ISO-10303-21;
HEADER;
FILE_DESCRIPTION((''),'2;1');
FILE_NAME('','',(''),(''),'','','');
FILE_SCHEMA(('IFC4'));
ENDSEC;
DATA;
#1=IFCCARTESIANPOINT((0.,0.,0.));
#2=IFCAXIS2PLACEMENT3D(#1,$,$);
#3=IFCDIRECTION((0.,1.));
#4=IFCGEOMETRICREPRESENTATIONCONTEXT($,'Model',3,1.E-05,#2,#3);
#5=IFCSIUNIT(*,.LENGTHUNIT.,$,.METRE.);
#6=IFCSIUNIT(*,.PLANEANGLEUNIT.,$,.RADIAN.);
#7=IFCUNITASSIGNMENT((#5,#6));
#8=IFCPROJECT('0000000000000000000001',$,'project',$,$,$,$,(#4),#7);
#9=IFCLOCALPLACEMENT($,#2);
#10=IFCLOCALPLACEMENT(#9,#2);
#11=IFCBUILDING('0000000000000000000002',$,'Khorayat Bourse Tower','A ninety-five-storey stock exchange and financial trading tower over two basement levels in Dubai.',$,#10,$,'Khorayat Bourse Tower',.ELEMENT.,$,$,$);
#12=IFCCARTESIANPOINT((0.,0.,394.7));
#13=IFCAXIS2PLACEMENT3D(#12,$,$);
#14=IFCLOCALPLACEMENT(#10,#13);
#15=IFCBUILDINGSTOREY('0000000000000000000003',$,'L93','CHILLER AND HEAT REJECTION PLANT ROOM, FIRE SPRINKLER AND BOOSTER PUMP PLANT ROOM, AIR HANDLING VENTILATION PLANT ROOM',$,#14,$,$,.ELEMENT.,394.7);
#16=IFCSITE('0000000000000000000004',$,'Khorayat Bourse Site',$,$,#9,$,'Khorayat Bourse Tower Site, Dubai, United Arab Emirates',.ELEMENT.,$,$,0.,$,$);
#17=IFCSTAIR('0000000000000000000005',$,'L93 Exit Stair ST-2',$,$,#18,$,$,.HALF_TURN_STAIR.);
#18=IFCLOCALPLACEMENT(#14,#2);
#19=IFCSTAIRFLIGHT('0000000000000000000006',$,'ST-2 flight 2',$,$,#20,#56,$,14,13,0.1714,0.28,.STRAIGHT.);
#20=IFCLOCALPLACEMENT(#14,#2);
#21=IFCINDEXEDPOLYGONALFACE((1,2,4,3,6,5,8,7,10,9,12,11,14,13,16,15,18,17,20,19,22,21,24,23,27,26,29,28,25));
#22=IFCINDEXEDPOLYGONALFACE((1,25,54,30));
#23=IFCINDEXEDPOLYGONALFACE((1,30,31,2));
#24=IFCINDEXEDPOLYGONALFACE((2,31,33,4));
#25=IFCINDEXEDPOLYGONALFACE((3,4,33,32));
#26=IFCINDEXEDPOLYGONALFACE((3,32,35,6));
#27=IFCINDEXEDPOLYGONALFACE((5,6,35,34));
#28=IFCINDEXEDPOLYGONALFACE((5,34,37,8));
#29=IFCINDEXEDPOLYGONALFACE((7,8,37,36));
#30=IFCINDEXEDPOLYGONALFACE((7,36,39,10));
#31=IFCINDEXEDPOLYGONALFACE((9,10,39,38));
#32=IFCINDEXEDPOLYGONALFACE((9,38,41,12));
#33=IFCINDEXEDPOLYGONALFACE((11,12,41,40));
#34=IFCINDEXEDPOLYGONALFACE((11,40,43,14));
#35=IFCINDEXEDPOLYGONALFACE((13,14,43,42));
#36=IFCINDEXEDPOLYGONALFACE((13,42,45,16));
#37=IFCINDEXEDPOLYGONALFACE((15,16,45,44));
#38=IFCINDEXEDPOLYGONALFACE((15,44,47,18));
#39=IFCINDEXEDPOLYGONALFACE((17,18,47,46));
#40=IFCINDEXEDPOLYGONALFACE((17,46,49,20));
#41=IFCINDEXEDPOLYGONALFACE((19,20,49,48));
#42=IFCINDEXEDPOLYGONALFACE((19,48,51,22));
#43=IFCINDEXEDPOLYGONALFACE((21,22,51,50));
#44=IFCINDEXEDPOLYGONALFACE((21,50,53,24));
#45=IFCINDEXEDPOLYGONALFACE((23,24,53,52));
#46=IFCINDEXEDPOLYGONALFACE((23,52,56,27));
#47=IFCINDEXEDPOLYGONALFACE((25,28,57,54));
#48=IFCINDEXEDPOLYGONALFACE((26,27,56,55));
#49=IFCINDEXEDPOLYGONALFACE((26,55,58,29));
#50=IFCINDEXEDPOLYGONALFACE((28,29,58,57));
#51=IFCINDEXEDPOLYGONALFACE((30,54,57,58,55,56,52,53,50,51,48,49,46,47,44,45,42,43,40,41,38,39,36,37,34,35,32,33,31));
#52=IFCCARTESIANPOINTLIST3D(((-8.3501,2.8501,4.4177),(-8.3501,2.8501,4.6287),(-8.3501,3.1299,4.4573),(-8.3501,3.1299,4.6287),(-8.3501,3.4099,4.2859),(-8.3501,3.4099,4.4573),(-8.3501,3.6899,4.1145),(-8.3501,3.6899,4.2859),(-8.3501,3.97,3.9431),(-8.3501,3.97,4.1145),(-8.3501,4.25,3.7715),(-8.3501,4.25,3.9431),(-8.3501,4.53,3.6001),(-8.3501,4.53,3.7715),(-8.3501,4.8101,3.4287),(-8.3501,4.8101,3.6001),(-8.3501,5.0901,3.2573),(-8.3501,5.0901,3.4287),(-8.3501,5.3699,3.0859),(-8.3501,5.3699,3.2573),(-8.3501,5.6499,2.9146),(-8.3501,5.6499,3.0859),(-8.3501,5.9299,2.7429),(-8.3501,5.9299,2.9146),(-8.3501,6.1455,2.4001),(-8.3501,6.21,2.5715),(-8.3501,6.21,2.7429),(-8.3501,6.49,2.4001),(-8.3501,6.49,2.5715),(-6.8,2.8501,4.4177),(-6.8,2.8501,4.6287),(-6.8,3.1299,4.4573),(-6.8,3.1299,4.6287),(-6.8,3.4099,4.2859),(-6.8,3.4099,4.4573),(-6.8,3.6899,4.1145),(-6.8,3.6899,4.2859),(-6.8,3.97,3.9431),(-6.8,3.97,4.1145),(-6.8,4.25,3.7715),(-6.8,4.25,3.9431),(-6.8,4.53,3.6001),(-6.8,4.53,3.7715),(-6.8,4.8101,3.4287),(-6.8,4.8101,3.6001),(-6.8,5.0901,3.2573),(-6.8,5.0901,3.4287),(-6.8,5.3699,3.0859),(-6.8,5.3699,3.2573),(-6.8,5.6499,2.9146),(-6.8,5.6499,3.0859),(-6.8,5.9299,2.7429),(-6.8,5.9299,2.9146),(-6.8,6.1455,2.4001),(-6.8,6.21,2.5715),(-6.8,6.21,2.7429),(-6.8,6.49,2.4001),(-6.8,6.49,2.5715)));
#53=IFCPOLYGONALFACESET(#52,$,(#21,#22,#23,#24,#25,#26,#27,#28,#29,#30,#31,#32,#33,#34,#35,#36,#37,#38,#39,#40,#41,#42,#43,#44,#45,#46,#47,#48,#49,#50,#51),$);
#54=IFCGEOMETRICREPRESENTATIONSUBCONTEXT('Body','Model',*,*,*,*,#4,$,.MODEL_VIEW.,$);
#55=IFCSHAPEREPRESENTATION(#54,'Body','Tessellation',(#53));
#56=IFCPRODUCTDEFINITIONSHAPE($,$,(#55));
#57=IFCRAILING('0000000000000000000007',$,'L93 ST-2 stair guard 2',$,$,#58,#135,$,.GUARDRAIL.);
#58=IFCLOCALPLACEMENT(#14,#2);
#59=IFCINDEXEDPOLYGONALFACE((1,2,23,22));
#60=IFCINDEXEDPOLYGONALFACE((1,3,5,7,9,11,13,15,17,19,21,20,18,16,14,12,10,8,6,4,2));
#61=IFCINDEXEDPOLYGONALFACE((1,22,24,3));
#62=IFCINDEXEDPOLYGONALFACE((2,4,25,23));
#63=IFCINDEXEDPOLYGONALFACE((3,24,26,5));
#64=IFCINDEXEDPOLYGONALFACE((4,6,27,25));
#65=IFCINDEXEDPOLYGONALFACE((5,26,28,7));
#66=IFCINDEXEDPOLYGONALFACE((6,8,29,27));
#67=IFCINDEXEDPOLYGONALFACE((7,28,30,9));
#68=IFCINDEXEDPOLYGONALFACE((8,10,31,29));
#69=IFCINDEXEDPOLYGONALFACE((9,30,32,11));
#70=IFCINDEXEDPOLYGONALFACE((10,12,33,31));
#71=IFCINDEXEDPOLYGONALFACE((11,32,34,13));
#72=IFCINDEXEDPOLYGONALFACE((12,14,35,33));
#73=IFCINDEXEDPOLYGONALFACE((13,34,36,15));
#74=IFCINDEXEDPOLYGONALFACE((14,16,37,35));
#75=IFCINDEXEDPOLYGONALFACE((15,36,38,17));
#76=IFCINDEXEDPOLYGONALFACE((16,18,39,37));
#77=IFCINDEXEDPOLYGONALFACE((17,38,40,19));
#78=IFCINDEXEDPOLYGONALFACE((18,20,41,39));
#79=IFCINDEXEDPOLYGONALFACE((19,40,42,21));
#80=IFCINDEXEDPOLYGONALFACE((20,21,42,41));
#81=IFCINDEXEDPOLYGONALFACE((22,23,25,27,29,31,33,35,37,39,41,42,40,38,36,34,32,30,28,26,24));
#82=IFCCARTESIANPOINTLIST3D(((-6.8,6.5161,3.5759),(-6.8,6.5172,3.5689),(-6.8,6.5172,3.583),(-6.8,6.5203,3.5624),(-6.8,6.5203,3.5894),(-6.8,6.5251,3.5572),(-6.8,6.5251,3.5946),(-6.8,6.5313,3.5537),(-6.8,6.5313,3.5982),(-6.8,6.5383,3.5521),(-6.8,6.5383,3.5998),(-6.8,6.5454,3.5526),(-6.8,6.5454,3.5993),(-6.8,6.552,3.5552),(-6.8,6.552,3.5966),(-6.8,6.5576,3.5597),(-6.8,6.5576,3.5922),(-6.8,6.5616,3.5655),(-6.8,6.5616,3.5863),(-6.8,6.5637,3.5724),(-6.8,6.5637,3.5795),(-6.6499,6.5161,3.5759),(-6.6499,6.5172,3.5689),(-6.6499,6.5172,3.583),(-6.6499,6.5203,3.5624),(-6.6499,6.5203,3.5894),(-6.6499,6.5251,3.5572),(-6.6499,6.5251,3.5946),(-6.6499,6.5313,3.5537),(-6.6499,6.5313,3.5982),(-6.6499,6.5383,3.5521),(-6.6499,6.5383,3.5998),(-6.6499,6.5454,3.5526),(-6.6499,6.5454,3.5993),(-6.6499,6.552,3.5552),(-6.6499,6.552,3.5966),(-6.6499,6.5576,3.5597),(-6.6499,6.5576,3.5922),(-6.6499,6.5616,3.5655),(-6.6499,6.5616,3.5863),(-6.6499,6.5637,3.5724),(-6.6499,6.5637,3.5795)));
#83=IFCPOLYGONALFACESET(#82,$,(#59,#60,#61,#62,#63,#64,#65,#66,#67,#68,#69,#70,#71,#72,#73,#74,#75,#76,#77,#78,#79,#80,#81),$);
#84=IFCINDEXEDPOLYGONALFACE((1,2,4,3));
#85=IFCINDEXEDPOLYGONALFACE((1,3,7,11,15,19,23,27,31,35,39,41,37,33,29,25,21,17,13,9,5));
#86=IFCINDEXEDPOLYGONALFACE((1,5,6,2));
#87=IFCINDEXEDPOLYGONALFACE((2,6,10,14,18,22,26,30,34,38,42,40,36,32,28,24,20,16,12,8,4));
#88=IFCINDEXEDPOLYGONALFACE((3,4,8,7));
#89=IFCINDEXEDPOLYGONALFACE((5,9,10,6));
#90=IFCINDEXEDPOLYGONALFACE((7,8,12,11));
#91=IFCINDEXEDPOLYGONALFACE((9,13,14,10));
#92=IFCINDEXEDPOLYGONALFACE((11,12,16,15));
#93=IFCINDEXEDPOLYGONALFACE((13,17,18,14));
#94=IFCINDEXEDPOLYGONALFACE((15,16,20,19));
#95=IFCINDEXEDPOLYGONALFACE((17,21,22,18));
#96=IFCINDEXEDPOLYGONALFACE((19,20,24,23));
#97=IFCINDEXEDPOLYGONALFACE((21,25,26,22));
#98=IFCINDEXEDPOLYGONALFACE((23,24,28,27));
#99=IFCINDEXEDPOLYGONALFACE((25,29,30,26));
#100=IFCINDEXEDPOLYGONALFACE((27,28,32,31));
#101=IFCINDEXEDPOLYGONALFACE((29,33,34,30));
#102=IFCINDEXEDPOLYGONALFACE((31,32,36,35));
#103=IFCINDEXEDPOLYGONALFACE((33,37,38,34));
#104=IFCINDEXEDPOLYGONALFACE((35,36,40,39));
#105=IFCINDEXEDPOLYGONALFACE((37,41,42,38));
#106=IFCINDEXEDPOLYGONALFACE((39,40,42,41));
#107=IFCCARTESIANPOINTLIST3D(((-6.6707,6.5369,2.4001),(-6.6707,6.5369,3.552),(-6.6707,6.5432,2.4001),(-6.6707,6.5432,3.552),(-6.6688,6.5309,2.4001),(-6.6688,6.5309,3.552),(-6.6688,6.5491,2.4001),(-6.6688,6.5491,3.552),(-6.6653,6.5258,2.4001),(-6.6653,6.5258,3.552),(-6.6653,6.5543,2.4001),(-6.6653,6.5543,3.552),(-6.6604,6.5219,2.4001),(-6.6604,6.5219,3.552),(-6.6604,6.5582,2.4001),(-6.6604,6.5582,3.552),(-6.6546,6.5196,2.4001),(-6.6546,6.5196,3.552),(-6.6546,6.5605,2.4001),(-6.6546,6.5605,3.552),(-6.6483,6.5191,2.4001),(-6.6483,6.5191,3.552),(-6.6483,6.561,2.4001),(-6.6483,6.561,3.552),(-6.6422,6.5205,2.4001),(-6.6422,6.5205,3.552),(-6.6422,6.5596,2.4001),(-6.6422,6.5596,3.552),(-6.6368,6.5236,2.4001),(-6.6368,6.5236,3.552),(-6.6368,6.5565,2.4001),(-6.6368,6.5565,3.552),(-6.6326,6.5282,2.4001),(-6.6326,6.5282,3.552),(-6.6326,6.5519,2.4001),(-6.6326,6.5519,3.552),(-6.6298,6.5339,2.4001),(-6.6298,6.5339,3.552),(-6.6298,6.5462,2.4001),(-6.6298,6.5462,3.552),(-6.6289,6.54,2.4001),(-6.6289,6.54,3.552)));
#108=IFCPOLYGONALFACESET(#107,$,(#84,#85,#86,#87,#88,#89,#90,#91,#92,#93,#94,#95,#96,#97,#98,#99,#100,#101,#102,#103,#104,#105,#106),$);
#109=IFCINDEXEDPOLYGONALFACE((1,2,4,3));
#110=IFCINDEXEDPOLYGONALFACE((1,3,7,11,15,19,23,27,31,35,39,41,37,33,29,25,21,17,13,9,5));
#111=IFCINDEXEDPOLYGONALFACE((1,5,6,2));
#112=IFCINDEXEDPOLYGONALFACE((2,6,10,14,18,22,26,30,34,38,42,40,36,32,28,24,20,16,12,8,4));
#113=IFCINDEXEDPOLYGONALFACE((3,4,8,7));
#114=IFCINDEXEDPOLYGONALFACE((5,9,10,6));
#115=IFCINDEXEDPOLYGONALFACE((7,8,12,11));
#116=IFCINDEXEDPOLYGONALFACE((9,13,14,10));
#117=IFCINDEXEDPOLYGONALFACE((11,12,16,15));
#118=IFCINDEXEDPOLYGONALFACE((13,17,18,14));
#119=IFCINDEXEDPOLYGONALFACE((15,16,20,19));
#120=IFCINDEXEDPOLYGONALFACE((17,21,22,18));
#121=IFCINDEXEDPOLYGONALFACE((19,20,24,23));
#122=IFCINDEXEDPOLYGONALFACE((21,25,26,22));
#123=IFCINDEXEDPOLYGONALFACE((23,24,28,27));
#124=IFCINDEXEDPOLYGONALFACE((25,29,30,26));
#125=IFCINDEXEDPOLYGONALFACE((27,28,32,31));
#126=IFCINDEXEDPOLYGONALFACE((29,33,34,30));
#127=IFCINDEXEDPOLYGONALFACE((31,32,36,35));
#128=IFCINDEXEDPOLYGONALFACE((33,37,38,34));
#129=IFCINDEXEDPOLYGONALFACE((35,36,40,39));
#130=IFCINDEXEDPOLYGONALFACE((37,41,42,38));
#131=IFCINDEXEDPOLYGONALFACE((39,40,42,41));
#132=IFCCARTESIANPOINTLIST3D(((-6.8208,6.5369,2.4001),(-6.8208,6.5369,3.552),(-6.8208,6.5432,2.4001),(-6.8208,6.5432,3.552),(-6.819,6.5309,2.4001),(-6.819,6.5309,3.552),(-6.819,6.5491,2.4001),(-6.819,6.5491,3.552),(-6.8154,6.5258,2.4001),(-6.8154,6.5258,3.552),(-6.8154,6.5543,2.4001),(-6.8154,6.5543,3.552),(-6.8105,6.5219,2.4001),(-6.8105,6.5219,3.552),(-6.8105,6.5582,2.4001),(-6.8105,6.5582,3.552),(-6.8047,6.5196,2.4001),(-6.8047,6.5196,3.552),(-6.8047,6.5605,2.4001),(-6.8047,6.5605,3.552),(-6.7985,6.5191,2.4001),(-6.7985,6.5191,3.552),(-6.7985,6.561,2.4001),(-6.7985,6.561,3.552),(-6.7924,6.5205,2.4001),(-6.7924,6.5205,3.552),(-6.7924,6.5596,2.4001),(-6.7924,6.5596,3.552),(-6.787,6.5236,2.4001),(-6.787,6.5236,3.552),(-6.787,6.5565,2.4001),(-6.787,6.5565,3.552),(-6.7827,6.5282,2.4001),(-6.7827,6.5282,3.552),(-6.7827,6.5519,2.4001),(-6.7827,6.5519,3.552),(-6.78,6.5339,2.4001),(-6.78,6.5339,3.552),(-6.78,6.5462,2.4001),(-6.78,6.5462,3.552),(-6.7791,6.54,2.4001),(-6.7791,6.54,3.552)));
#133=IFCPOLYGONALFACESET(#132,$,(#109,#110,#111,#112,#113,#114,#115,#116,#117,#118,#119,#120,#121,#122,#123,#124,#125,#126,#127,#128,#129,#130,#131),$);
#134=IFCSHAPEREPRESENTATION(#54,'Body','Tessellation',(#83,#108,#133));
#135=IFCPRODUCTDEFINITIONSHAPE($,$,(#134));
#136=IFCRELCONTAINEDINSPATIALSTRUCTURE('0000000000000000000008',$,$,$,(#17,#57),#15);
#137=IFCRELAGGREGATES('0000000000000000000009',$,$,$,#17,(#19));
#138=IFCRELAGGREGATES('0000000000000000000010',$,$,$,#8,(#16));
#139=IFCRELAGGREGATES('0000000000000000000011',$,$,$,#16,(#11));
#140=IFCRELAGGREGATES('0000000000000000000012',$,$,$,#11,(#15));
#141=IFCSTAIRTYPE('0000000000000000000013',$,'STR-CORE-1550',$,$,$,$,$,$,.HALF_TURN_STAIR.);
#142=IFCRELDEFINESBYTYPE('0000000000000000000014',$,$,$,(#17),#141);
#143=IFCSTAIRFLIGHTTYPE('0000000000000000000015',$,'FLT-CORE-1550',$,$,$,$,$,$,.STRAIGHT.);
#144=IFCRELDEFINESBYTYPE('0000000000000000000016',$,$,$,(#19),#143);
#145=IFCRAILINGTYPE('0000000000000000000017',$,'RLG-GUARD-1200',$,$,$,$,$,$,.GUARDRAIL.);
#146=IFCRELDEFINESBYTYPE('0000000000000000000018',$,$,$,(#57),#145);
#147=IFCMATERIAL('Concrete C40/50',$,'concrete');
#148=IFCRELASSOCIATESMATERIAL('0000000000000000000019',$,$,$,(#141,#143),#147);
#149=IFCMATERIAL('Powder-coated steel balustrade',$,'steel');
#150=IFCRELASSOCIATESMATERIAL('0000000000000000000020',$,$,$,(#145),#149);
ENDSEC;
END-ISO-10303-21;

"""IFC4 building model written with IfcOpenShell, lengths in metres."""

from ifc_helpers import new_model, si_unit, direction, frame, origin, origin_2d, place, context, subcontext, project, spatial, polyline, circle, outline, extrude, source, transform, mapped, material, type_object, element, aggregate, save


model = new_model("IFC4")

# Units and contexts
model_context = context("Model", 3, precision=1e-05, world=origin(), true_north=direction((0.0, 1.0)))
body_context = subcontext(model_context, "Body", "Model", "MODEL_VIEW")
ifc_project = project(units=[si_unit("LENGTHUNIT", "METRE"), si_unit("PLANEANGLEUNIT", "RADIAN")], contexts=[model_context])

# Site, building, storey
site_placement = place(None, origin())
site = spatial("IfcSite", under=ifc_project, at=site_placement, Name="Khorayat Bourse Site", LongName="Khorayat Bourse Tower Site, Dubai, United Arab Emirates", CompositionType="ELEMENT", RefElevation=0.0)
building_placement = place(site_placement, origin())
building = spatial("IfcBuilding", under=site, at=building_placement, Name="Khorayat Bourse Tower", Description="A ninety-five-storey stock exchange and financial trading tower over two basement levels in Dubai.", LongName="Khorayat Bourse Tower", CompositionType="ELEMENT")
storey_placement = place(building_placement, frame((0.0, 0.0, 394.7)))
storey = spatial("IfcBuildingStorey", under=building, at=storey_placement, Name="L93", Description="CHILLER AND HEAT REJECTION PLANT ROOM, FIRE SPRINKLER AND BOOSTER PUMP PLANT ROOM, AIR HANDLING VENTILATION PLANT ROOM", CompositionType="ELEMENT", Elevation=394.7)

# Stair, stair flight
ifc_material_1 = material(Name="Concrete C40/50", Category="concrete")
stair_type = type_object("IfcStairType", Name="STR-CORE-1550", PredefinedType="HALF_TURN_STAIR", material=ifc_material_1)
stair_placement = place(storey_placement, origin())
stair = element("IfcStair", 1, at=stair_placement, inside=storey, type_object=stair_type, Name="L93 Exit Stair ST-2", PredefinedType="HALF_TURN_STAIR")
stair_flight_type = type_object("IfcStairFlightType", Name="FLT-CORE-1550", PredefinedType="STRAIGHT", material=ifc_material_1)
shared_shape_1 = source(origin(), body_context, "Body", "SweptSolid", [
    extrude(outline(polyline([(0.0, 0.0), (0.0, 0.1714), (0.28, 0.1714), (0.28, 0.3428), (0.5601, 0.3428), (0.5601, 0.5144), (0.8401, 0.5144), (0.8401, 0.6858), (1.1201, 0.6858), (1.1201, 0.8572), (1.3999, 0.8572), (1.3999, 1.0286), (1.6799, 1.0286), (1.6799, 1.2), (1.96, 1.2), (1.96, 1.3713), (2.24, 1.3713), (2.24, 1.543), (2.52, 1.543), (2.52, 1.7144), (2.8, 1.7144), (2.8, 1.8857), (3.0801, 1.8857), (3.0801, 2.0571), (3.3601, 2.0571), (3.3601, 2.2285), (3.6399, 2.2285), (3.6399, 2.3999), (3.6399, 2.0176), (0.3445, 0.0), (0.0, 0.0)])), frame((0.0, 0.7749, 0.0), z_axis=(0.0, -1.0, 0.0), x_axis=(1.0, 0.0, 0.0)), (0.0, 0.0, 1.0), 1.55),
])
stair_flight_1_placement = place(storey_placement, frame((-7.575, 6.49, 2.4001), z_axis=(0.0, 0.0, 1.0), x_axis=(0.0, -1.0, 0.0)))
stair_flight_1 = element("IfcStairFlight", 2, at=stair_flight_1_placement, type_object=stair_flight_type, Name="ST-2 flight 2", NumberOfRisers=14, NumberOfTreads=13, PredefinedType="STRAIGHT", RiserHeight=0.1714, TreadLength=0.28, context=body_context, shape_type="MappedRepresentation", body=[
    mapped(shared_shape_1, transform((0.0, 0.0, 0.0), scale=1.0)),
])
aggregate(stair, [stair_flight_1])

# Railing
ifc_material_2 = material(Name="Powder-coated steel balustrade", Category="steel")
railing_type_1 = type_object("IfcRailingType", Name="RLG-GUARD-1200", PredefinedType="GUARDRAIL", material=ifc_material_2)
shared_shape_2 = source(origin(), body_context, "Body", "SweptSolid", [
    extrude(circle(Radius=0.0239, at=origin_2d()), frame((0.0, 0.0, 1.1758), z_axis=(-1.0, 0.0, 0.0), x_axis=(0.0, -1.0, 0.0)), (0.0, 0.0, 1.0), 0.1501),
    extrude(circle(Radius=0.021, at=origin_2d()), origin(), (0.0, 0.0, 1.0), 1.1519),
    extrude(circle(Radius=0.021, at=origin_2d()), frame((-0.1501, 0.0, 0.0)), (0.0, 0.0, 1.0), 1.1519),
])
for number, where, name in (
    (3, (-6.6499, 6.54, 2.4001), "L93 ST-2 stair guard 2"),
):
    element("IfcRailing", number, at=place(storey_placement, frame(where)), inside=storey, type_object=railing_type_1, Name=name, PredefinedType="GUARDRAIL", context=body_context, shape_type="MappedRepresentation", body=[
        mapped(shared_shape_2, transform((0.0, 0.0, 0.0), scale=1.0)),
    ])

save(model, "model.ifc")
